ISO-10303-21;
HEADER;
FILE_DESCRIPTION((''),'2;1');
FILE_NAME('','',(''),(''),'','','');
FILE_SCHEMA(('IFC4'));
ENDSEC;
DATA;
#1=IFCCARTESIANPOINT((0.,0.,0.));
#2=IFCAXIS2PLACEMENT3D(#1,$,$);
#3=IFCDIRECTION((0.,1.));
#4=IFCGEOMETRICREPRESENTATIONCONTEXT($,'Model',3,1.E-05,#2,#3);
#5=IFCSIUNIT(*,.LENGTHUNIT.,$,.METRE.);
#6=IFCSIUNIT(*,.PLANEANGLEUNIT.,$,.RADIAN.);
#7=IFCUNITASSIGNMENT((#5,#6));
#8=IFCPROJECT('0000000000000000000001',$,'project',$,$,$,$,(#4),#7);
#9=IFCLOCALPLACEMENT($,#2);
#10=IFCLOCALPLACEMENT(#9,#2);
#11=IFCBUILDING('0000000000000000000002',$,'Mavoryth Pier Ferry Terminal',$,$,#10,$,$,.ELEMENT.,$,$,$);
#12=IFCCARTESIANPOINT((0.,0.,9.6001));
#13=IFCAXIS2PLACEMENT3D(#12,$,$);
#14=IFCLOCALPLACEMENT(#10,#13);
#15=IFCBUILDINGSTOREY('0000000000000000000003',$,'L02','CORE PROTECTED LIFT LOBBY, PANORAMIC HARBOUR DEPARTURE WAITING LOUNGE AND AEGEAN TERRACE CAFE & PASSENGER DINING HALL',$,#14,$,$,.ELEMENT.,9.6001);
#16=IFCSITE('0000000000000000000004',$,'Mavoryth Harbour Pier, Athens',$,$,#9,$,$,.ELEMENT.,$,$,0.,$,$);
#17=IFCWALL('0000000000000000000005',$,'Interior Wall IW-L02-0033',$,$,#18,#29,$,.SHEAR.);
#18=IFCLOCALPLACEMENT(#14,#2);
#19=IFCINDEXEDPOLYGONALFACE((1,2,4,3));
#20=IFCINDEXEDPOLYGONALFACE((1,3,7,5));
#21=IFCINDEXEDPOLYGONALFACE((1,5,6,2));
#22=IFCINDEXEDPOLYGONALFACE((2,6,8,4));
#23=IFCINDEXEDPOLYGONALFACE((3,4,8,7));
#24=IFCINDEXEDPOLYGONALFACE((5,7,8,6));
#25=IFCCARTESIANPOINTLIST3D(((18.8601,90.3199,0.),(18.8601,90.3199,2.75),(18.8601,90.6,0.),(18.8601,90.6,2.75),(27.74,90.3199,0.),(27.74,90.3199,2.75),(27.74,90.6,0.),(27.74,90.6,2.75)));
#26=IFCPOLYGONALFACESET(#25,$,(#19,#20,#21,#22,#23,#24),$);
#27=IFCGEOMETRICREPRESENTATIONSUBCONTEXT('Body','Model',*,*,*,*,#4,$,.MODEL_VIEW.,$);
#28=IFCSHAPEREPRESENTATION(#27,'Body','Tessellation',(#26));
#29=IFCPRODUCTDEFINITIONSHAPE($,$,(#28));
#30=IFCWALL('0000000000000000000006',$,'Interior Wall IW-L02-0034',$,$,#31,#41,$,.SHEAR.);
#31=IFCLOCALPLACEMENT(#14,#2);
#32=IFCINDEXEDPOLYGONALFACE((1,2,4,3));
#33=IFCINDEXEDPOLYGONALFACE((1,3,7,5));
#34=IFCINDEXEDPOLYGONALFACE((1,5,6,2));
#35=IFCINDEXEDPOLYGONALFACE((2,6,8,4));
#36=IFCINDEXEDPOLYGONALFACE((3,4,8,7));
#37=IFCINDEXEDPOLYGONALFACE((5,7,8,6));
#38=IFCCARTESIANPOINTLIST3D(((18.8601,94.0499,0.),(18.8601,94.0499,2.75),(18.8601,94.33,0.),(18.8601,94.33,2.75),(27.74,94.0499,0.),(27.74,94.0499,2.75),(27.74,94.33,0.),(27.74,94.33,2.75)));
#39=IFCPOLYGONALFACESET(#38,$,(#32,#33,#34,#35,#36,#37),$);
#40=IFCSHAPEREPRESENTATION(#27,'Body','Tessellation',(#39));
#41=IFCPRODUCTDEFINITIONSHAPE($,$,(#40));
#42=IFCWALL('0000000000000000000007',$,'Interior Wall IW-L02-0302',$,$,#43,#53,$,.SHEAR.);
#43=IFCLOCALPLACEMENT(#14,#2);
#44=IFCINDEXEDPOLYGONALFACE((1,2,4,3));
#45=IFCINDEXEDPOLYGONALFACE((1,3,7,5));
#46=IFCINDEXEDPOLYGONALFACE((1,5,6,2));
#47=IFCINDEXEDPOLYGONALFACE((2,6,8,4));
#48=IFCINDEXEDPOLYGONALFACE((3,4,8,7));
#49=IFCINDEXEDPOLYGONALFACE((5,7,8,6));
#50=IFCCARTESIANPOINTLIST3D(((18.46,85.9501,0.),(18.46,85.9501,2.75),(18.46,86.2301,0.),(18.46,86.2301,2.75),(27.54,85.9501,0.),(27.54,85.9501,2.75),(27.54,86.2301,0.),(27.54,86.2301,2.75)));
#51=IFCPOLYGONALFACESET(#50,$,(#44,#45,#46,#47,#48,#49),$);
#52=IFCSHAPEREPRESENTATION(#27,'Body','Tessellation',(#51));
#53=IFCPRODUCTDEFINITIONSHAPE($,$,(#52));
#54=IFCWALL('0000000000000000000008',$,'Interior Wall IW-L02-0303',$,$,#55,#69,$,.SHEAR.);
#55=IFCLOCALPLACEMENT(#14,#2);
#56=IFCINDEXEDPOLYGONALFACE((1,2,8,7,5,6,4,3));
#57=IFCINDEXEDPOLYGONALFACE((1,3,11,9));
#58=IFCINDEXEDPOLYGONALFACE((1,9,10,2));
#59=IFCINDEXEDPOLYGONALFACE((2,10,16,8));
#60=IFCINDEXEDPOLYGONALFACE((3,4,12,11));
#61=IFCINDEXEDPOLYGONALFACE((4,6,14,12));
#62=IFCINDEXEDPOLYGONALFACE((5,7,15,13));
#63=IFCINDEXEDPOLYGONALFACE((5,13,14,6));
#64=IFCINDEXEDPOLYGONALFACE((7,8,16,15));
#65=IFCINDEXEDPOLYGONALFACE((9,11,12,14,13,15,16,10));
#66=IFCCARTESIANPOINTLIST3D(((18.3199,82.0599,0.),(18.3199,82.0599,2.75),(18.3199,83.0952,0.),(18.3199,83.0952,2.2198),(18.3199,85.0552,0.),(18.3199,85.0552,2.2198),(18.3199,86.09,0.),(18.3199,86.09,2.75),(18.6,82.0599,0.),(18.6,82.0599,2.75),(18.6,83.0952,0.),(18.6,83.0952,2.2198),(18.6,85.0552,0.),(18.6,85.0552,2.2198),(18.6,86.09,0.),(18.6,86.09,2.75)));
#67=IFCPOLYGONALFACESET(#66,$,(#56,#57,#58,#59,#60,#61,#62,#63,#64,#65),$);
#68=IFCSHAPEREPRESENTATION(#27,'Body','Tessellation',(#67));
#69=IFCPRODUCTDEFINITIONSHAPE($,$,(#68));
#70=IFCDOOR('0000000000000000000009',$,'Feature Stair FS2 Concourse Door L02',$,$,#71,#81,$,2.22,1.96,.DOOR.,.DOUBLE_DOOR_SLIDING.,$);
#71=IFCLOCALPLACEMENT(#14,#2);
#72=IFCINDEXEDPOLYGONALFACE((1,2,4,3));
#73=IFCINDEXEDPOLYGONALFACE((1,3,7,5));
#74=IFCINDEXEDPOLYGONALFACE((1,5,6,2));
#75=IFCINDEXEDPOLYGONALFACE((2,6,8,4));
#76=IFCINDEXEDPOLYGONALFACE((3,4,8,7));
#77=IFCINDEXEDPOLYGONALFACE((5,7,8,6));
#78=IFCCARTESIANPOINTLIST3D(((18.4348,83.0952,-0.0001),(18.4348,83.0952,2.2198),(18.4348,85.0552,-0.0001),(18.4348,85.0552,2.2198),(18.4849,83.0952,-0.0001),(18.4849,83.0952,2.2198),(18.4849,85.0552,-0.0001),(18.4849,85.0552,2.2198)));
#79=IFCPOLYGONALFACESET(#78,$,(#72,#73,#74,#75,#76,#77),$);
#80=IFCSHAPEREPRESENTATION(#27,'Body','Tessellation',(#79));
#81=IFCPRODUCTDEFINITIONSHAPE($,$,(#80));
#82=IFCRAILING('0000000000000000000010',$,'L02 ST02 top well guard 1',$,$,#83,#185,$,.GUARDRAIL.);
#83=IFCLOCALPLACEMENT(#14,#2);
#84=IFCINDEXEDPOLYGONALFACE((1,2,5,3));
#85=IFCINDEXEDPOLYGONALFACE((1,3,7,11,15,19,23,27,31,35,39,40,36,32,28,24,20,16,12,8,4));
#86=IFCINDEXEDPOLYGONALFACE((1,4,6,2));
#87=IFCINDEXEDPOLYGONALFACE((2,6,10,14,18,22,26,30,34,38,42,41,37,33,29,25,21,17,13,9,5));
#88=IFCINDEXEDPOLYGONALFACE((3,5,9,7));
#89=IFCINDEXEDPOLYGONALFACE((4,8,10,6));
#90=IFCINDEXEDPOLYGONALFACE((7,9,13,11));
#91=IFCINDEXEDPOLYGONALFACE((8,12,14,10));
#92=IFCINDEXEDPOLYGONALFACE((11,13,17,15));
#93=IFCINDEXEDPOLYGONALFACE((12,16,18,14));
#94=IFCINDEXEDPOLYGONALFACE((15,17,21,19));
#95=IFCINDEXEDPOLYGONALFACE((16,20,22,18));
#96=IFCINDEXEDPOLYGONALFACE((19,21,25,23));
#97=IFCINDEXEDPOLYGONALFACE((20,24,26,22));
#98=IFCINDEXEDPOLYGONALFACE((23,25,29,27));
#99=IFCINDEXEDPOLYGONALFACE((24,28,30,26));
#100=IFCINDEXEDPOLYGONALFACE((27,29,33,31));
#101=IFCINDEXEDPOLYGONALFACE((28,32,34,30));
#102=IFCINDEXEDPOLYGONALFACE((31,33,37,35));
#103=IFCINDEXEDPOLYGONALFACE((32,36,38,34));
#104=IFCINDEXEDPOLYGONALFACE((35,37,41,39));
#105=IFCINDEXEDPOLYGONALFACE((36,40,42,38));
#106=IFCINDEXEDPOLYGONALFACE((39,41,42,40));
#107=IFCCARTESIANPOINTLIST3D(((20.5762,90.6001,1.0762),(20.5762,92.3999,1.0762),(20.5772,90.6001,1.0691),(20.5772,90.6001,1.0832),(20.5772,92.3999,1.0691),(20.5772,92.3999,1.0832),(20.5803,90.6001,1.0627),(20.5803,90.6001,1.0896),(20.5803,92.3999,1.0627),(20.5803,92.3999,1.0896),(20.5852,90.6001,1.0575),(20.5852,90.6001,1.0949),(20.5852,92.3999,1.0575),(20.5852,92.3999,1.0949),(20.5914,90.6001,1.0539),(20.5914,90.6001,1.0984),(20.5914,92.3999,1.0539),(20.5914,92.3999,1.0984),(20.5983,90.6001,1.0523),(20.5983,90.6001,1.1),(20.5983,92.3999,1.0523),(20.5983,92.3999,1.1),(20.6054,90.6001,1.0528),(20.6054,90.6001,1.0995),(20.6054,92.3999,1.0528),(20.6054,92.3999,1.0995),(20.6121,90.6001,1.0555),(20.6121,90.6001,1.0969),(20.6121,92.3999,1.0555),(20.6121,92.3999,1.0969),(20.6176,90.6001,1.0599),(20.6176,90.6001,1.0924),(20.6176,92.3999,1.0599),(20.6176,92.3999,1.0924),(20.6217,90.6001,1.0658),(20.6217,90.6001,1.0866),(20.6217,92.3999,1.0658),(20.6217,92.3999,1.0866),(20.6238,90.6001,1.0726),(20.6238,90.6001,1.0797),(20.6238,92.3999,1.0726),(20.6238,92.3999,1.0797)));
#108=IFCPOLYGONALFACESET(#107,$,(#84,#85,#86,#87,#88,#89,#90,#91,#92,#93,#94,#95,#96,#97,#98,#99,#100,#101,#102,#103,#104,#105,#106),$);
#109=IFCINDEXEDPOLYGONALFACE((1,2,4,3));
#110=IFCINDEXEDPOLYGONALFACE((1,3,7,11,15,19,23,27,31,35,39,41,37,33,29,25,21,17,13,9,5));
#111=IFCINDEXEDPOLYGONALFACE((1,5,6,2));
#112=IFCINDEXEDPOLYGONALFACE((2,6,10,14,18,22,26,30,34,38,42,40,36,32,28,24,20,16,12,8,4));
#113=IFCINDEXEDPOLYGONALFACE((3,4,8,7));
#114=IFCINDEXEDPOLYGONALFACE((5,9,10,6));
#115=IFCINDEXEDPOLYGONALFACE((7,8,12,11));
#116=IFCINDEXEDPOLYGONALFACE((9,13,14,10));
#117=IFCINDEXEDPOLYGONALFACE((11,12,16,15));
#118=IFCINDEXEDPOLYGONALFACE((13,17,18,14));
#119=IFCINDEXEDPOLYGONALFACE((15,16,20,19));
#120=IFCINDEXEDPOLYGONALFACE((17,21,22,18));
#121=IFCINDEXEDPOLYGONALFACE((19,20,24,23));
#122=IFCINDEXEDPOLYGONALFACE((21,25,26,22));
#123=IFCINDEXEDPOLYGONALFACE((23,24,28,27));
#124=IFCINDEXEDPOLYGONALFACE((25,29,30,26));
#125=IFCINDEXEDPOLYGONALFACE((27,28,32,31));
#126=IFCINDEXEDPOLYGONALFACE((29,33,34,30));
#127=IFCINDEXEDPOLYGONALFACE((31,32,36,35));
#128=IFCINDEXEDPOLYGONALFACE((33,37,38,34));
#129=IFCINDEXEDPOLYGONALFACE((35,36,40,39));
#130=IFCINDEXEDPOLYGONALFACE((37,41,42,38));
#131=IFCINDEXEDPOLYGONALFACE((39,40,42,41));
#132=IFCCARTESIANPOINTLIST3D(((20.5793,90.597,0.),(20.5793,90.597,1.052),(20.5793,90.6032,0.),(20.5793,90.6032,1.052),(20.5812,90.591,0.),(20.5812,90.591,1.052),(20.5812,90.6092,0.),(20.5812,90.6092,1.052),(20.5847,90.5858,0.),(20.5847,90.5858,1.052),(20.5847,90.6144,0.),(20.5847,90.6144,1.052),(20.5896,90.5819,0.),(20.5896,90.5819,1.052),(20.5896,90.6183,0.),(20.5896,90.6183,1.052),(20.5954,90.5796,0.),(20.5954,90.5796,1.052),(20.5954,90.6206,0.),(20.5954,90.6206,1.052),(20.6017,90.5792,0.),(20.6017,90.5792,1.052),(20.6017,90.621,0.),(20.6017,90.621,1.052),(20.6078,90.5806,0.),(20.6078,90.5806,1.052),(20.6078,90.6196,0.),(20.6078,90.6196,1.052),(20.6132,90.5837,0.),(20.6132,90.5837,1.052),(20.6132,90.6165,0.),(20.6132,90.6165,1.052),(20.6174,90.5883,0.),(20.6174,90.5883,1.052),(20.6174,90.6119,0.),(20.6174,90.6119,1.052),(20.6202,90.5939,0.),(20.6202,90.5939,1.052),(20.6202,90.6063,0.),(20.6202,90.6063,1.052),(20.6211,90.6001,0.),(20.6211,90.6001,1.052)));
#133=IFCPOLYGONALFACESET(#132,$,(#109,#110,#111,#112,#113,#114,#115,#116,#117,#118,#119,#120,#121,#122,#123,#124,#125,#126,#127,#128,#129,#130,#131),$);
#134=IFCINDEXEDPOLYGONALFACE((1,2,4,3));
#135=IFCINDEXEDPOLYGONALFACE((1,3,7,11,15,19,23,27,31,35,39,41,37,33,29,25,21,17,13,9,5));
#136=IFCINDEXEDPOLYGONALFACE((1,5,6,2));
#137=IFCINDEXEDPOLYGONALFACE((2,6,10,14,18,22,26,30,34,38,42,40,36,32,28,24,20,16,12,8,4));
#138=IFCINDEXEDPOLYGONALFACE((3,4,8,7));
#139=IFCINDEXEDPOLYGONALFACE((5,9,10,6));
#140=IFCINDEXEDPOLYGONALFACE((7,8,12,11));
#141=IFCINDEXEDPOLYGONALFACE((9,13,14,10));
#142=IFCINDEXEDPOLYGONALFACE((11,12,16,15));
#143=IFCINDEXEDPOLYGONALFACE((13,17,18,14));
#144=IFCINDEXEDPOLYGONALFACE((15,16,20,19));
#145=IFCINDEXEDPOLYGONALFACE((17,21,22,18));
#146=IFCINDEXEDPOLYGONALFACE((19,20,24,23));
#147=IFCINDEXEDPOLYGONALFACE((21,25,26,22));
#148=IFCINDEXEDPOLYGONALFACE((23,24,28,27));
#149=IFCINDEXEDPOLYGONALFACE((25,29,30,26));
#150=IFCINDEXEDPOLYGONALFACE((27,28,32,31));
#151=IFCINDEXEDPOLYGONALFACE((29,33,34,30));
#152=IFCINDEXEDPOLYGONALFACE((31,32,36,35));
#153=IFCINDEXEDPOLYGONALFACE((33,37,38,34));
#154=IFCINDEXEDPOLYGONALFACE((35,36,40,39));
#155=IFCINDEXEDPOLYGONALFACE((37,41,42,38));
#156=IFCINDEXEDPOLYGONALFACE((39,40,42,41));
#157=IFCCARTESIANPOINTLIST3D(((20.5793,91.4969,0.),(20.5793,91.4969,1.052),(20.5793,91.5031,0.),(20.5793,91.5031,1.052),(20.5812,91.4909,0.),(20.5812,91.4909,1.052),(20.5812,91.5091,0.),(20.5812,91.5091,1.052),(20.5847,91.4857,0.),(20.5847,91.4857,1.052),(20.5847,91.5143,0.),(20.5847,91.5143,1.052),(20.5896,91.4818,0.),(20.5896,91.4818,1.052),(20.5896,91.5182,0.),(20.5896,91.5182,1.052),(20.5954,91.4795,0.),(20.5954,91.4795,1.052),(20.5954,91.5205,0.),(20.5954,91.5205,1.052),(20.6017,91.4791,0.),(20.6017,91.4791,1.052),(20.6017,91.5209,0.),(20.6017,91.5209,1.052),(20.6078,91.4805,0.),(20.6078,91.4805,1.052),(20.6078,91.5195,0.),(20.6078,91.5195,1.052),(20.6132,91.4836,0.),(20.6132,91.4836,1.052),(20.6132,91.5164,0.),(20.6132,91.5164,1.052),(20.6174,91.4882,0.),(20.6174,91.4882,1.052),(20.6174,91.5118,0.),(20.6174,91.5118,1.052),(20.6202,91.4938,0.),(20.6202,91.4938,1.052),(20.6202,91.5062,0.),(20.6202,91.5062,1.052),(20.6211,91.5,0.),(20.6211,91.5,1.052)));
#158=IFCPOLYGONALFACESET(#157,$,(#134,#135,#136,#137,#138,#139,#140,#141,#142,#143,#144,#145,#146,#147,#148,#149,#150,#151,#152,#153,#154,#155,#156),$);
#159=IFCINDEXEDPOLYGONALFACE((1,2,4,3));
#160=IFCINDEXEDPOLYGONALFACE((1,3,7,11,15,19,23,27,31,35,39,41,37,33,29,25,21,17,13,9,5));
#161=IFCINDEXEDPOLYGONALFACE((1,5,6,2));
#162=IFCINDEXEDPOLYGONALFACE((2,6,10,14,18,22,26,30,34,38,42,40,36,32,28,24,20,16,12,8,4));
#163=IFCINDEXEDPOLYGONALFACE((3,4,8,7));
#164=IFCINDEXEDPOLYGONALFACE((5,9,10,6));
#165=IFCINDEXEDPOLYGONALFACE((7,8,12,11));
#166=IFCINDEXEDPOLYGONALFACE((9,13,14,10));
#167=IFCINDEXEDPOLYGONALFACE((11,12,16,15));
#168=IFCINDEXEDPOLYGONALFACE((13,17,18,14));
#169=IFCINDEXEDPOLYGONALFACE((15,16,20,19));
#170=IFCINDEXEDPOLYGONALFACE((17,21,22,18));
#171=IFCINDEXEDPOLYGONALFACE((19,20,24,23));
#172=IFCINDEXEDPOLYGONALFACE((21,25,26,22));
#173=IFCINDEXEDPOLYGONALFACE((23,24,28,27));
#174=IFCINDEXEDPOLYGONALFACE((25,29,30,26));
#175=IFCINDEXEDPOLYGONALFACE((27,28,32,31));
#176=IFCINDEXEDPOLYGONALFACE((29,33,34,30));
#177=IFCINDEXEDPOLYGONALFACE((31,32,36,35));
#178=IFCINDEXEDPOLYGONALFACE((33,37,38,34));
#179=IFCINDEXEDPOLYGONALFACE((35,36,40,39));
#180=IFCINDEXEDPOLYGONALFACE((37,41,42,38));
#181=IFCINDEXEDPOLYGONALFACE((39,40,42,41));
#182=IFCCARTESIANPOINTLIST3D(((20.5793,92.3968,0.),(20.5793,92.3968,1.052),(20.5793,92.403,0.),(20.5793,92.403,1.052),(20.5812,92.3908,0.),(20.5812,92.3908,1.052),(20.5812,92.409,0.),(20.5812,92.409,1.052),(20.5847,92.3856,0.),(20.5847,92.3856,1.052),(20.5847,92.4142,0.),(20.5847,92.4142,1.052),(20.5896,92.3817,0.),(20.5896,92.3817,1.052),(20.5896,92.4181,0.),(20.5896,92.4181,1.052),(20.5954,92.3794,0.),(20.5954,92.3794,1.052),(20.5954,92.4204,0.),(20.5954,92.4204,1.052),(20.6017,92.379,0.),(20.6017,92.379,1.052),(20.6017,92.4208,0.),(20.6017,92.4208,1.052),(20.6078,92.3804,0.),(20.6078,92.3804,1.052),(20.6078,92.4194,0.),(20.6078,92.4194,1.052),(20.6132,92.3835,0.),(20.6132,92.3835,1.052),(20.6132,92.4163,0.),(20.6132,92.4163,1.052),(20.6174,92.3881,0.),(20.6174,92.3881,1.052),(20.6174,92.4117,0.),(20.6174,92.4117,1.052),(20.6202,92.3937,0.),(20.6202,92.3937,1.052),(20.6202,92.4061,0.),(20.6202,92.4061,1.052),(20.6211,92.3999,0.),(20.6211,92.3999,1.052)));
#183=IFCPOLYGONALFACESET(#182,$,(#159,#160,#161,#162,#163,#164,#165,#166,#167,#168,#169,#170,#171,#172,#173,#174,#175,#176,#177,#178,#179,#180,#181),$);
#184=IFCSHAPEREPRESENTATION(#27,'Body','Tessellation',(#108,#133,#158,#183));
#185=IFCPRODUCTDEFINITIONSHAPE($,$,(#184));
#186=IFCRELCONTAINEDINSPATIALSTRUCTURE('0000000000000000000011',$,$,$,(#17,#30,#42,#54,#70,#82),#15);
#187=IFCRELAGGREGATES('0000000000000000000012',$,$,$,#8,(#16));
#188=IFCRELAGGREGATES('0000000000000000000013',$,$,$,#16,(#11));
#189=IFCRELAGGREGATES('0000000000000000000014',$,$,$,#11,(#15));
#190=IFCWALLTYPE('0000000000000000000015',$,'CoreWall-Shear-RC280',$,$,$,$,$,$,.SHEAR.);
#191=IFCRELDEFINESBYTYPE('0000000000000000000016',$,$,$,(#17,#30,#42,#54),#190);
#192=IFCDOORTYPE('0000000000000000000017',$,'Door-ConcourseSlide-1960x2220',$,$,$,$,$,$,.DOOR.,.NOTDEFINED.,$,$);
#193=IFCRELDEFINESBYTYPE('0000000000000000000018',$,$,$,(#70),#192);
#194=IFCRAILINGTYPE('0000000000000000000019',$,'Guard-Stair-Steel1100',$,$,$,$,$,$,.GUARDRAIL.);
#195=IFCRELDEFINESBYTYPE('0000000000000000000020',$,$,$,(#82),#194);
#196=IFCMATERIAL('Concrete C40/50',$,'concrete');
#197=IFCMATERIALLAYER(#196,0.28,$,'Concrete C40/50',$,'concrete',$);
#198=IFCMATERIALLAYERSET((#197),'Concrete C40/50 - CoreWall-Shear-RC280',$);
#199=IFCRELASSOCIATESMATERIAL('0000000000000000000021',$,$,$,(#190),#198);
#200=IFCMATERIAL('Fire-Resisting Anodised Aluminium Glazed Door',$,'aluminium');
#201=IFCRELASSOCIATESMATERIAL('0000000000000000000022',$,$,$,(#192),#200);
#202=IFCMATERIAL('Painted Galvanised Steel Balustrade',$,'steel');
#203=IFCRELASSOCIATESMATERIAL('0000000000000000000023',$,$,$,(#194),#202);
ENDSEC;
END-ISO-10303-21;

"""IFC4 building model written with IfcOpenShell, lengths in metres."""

from ifc_helpers import new_model, si_unit, direction, frame, frame_2d, origin, origin_2d, place, context, subcontext, project, spatial, rectangle, circle, extrude, material, layer, layer_set, type_object, element, fill, save


model = new_model("IFC4")

# Units and contexts
model_context = context("Model", 3, precision=1e-05, world=origin(), true_north=direction((0.0, 1.0)))
body_context = subcontext(model_context, "Body", "Model", "MODEL_VIEW")
ifc_project = project(units=[si_unit("LENGTHUNIT", "METRE"), si_unit("PLANEANGLEUNIT", "RADIAN")], contexts=[model_context])

# Site, building, storey
site_placement = place(None, origin())
site = spatial("IfcSite", under=ifc_project, at=site_placement, Name="Mavoryth Harbour Pier, Athens", CompositionType="ELEMENT", RefElevation=0.0)
building_placement = place(site_placement, origin())
building = spatial("IfcBuilding", under=site, at=building_placement, Name="Mavoryth Pier Ferry Terminal", CompositionType="ELEMENT")
storey_placement = place(building_placement, frame((0.0, 0.0, 9.6001)))
storey = spatial("IfcBuildingStorey", under=building, at=storey_placement, Name="L02", Description="CORE PROTECTED LIFT LOBBY, PANORAMIC HARBOUR DEPARTURE WAITING LOUNGE AND AEGEAN TERRACE CAFE & PASSENGER DINING HALL", CompositionType="ELEMENT", Elevation=9.6001)

# Shared definitions
ifc_material_1 = material(Name="Concrete C40/50", Category="concrete")

# Walls
ifc_layer_1 = layer(ifc_material_1, 0.28, Name="Concrete C40/50", Category="concrete")
ifc_layer_set_1 = layer_set([ifc_layer_1], Name="Concrete C40/50 - CoreWall-Shear-RC280")
wall_type = type_object("IfcWallType", Name="CoreWall-Shear-RC280", PredefinedType="SHEAR", material=ifc_layer_set_1)
for number, where, z_axis, x_axis, name in (
    (1, (18.8601, 90.46, 0.0), (0.0, 0.0, 1.0), (1.0, 0.0, 0.0), "Interior Wall IW-L02-0033"),
    (2, (18.8601, 94.1899, 0.0), (0.0, 0.0, 1.0), (1.0, 0.0, 0.0), "Interior Wall IW-L02-0034"),
):
    element("IfcWall", number, at=place(storey_placement, frame(where, z_axis=z_axis, x_axis=x_axis)), inside=storey, type_object=wall_type, Name=name, PredefinedType="SHEAR", context=body_context, shape_type="SweptSolid", body=[
        extrude(rectangle(XDim=8.8799, YDim=0.28, at=frame_2d((4.4399, 0.0))), origin(), (0.0, 0.0, 1.0), 2.75),
    ])

# Wall
wall_1_placement = place(storey_placement, frame((18.46, 86.0901, 0.0), z_axis=(0.0, 0.0, 1.0), x_axis=(1.0, 0.0, 0.0)))
element("IfcWall", 3, at=wall_1_placement, inside=storey, type_object=wall_type, Name="Interior Wall IW-L02-0302", PredefinedType="SHEAR", context=body_context, shape_type="SweptSolid", body=[
    extrude(rectangle(XDim=9.0801, YDim=0.28, at=frame_2d((4.54, 0.0))), origin(), (0.0, 0.0, 1.0), 2.75),
])

# Wall, opening, door
wall_2_placement = place(storey_placement, frame((18.46, 86.0901, 0.0), z_axis=(0.0, 0.0, 1.0), x_axis=(0.0, -1.0, 0.0)))
wall_2 = element("IfcWall", 4, at=wall_2_placement, inside=storey, type_object=wall_type, Name="Interior Wall IW-L02-0303", PredefinedType="SHEAR", context=body_context, shape_type="SweptSolid", body=[
    extrude(rectangle(XDim=4.03, YDim=0.28, at=frame_2d((2.0151, 0.0))), origin(), (0.0, 0.0, 1.0), 2.75),
])
opening_1_placement = place(wall_2_placement, frame((1.0349, 0.0, 0.0)))
opening_1 = element("IfcOpeningElement", 5, at=opening_1_placement, cuts=wall_2, PredefinedType="OPENING", context=body_context, shape_type="SweptSolid", body=[
    extrude(rectangle(XDim=1.96, YDim=2.22, at=frame_2d((0.98, 1.1099))), frame((0.0, 0.1499, 0.0), z_axis=(0.0, -1.0, 0.0), x_axis=(1.0, 0.0, 0.0)), (0.0, 0.0, 1.0), 0.3),
])
ifc_material_2 = material(Name="Fire-Resisting Anodised Aluminium Glazed Door", Category="aluminium")
door_type_1 = type_object("IfcDoorType", Name="Door-ConcourseSlide-1960x2220", OperationType="NOTDEFINED", PredefinedType="DOOR", material=ifc_material_2)
door_1_placement = place(opening_1_placement, origin())
door_1 = element("IfcDoor", 6, at=door_1_placement, inside=storey, type_object=door_type_1, Name="Feature Stair FS2 Concourse Door L02", OperationType="DOUBLE_DOOR_SLIDING", OverallHeight=2.22, OverallWidth=1.96, PredefinedType="DOOR", context=body_context, shape_type="SweptSolid", body=[
    extrude(rectangle(XDim=1.96, YDim=2.22, at=frame_2d((0.98, 1.1099))), frame((0.0, 0.0249, 0.0), z_axis=(0.0, -1.0, 0.0), x_axis=(1.0, 0.0, 0.0)), (0.0, 0.0, 1.0), 0.05),
])
fill(opening_1, door_1)

# Railing
ifc_material_3 = material(Name="Painted Galvanised Steel Balustrade", Category="steel")
railing_type = type_object("IfcRailingType", Name="Guard-Stair-Steel1100", PredefinedType="GUARDRAIL", material=ifc_material_3)
railing_placement = place(storey_placement, frame((20.6001, 90.6001, 0.0)))
element("IfcRailing", 7, at=railing_placement, inside=storey, type_object=railing_type, Name="L02 ST02 top well guard 1", PredefinedType="GUARDRAIL", context=body_context, shape_type="SweptSolid", body=[
    extrude(circle(Radius=0.0239, at=origin_2d()), frame((0.0, 0.0, 1.0762), z_axis=(0.0, 1.0, 0.0), x_axis=(-1.0, 0.0, 0.0)), (0.0, 0.0, 1.0), 1.7998),
    extrude(circle(Radius=0.021, at=origin_2d()), origin(), (0.0, 0.0, 1.0), 1.052),
    extrude(circle(Radius=0.021, at=origin_2d()), frame((0.0, 0.8999, 0.0)), (0.0, 0.0, 1.0), 1.052),
    extrude(circle(Radius=0.021, at=origin_2d()), frame((0.0, 1.7998, 0.0)), (0.0, 0.0, 1.0), 1.052),
])

save(model, "model.ifc")
